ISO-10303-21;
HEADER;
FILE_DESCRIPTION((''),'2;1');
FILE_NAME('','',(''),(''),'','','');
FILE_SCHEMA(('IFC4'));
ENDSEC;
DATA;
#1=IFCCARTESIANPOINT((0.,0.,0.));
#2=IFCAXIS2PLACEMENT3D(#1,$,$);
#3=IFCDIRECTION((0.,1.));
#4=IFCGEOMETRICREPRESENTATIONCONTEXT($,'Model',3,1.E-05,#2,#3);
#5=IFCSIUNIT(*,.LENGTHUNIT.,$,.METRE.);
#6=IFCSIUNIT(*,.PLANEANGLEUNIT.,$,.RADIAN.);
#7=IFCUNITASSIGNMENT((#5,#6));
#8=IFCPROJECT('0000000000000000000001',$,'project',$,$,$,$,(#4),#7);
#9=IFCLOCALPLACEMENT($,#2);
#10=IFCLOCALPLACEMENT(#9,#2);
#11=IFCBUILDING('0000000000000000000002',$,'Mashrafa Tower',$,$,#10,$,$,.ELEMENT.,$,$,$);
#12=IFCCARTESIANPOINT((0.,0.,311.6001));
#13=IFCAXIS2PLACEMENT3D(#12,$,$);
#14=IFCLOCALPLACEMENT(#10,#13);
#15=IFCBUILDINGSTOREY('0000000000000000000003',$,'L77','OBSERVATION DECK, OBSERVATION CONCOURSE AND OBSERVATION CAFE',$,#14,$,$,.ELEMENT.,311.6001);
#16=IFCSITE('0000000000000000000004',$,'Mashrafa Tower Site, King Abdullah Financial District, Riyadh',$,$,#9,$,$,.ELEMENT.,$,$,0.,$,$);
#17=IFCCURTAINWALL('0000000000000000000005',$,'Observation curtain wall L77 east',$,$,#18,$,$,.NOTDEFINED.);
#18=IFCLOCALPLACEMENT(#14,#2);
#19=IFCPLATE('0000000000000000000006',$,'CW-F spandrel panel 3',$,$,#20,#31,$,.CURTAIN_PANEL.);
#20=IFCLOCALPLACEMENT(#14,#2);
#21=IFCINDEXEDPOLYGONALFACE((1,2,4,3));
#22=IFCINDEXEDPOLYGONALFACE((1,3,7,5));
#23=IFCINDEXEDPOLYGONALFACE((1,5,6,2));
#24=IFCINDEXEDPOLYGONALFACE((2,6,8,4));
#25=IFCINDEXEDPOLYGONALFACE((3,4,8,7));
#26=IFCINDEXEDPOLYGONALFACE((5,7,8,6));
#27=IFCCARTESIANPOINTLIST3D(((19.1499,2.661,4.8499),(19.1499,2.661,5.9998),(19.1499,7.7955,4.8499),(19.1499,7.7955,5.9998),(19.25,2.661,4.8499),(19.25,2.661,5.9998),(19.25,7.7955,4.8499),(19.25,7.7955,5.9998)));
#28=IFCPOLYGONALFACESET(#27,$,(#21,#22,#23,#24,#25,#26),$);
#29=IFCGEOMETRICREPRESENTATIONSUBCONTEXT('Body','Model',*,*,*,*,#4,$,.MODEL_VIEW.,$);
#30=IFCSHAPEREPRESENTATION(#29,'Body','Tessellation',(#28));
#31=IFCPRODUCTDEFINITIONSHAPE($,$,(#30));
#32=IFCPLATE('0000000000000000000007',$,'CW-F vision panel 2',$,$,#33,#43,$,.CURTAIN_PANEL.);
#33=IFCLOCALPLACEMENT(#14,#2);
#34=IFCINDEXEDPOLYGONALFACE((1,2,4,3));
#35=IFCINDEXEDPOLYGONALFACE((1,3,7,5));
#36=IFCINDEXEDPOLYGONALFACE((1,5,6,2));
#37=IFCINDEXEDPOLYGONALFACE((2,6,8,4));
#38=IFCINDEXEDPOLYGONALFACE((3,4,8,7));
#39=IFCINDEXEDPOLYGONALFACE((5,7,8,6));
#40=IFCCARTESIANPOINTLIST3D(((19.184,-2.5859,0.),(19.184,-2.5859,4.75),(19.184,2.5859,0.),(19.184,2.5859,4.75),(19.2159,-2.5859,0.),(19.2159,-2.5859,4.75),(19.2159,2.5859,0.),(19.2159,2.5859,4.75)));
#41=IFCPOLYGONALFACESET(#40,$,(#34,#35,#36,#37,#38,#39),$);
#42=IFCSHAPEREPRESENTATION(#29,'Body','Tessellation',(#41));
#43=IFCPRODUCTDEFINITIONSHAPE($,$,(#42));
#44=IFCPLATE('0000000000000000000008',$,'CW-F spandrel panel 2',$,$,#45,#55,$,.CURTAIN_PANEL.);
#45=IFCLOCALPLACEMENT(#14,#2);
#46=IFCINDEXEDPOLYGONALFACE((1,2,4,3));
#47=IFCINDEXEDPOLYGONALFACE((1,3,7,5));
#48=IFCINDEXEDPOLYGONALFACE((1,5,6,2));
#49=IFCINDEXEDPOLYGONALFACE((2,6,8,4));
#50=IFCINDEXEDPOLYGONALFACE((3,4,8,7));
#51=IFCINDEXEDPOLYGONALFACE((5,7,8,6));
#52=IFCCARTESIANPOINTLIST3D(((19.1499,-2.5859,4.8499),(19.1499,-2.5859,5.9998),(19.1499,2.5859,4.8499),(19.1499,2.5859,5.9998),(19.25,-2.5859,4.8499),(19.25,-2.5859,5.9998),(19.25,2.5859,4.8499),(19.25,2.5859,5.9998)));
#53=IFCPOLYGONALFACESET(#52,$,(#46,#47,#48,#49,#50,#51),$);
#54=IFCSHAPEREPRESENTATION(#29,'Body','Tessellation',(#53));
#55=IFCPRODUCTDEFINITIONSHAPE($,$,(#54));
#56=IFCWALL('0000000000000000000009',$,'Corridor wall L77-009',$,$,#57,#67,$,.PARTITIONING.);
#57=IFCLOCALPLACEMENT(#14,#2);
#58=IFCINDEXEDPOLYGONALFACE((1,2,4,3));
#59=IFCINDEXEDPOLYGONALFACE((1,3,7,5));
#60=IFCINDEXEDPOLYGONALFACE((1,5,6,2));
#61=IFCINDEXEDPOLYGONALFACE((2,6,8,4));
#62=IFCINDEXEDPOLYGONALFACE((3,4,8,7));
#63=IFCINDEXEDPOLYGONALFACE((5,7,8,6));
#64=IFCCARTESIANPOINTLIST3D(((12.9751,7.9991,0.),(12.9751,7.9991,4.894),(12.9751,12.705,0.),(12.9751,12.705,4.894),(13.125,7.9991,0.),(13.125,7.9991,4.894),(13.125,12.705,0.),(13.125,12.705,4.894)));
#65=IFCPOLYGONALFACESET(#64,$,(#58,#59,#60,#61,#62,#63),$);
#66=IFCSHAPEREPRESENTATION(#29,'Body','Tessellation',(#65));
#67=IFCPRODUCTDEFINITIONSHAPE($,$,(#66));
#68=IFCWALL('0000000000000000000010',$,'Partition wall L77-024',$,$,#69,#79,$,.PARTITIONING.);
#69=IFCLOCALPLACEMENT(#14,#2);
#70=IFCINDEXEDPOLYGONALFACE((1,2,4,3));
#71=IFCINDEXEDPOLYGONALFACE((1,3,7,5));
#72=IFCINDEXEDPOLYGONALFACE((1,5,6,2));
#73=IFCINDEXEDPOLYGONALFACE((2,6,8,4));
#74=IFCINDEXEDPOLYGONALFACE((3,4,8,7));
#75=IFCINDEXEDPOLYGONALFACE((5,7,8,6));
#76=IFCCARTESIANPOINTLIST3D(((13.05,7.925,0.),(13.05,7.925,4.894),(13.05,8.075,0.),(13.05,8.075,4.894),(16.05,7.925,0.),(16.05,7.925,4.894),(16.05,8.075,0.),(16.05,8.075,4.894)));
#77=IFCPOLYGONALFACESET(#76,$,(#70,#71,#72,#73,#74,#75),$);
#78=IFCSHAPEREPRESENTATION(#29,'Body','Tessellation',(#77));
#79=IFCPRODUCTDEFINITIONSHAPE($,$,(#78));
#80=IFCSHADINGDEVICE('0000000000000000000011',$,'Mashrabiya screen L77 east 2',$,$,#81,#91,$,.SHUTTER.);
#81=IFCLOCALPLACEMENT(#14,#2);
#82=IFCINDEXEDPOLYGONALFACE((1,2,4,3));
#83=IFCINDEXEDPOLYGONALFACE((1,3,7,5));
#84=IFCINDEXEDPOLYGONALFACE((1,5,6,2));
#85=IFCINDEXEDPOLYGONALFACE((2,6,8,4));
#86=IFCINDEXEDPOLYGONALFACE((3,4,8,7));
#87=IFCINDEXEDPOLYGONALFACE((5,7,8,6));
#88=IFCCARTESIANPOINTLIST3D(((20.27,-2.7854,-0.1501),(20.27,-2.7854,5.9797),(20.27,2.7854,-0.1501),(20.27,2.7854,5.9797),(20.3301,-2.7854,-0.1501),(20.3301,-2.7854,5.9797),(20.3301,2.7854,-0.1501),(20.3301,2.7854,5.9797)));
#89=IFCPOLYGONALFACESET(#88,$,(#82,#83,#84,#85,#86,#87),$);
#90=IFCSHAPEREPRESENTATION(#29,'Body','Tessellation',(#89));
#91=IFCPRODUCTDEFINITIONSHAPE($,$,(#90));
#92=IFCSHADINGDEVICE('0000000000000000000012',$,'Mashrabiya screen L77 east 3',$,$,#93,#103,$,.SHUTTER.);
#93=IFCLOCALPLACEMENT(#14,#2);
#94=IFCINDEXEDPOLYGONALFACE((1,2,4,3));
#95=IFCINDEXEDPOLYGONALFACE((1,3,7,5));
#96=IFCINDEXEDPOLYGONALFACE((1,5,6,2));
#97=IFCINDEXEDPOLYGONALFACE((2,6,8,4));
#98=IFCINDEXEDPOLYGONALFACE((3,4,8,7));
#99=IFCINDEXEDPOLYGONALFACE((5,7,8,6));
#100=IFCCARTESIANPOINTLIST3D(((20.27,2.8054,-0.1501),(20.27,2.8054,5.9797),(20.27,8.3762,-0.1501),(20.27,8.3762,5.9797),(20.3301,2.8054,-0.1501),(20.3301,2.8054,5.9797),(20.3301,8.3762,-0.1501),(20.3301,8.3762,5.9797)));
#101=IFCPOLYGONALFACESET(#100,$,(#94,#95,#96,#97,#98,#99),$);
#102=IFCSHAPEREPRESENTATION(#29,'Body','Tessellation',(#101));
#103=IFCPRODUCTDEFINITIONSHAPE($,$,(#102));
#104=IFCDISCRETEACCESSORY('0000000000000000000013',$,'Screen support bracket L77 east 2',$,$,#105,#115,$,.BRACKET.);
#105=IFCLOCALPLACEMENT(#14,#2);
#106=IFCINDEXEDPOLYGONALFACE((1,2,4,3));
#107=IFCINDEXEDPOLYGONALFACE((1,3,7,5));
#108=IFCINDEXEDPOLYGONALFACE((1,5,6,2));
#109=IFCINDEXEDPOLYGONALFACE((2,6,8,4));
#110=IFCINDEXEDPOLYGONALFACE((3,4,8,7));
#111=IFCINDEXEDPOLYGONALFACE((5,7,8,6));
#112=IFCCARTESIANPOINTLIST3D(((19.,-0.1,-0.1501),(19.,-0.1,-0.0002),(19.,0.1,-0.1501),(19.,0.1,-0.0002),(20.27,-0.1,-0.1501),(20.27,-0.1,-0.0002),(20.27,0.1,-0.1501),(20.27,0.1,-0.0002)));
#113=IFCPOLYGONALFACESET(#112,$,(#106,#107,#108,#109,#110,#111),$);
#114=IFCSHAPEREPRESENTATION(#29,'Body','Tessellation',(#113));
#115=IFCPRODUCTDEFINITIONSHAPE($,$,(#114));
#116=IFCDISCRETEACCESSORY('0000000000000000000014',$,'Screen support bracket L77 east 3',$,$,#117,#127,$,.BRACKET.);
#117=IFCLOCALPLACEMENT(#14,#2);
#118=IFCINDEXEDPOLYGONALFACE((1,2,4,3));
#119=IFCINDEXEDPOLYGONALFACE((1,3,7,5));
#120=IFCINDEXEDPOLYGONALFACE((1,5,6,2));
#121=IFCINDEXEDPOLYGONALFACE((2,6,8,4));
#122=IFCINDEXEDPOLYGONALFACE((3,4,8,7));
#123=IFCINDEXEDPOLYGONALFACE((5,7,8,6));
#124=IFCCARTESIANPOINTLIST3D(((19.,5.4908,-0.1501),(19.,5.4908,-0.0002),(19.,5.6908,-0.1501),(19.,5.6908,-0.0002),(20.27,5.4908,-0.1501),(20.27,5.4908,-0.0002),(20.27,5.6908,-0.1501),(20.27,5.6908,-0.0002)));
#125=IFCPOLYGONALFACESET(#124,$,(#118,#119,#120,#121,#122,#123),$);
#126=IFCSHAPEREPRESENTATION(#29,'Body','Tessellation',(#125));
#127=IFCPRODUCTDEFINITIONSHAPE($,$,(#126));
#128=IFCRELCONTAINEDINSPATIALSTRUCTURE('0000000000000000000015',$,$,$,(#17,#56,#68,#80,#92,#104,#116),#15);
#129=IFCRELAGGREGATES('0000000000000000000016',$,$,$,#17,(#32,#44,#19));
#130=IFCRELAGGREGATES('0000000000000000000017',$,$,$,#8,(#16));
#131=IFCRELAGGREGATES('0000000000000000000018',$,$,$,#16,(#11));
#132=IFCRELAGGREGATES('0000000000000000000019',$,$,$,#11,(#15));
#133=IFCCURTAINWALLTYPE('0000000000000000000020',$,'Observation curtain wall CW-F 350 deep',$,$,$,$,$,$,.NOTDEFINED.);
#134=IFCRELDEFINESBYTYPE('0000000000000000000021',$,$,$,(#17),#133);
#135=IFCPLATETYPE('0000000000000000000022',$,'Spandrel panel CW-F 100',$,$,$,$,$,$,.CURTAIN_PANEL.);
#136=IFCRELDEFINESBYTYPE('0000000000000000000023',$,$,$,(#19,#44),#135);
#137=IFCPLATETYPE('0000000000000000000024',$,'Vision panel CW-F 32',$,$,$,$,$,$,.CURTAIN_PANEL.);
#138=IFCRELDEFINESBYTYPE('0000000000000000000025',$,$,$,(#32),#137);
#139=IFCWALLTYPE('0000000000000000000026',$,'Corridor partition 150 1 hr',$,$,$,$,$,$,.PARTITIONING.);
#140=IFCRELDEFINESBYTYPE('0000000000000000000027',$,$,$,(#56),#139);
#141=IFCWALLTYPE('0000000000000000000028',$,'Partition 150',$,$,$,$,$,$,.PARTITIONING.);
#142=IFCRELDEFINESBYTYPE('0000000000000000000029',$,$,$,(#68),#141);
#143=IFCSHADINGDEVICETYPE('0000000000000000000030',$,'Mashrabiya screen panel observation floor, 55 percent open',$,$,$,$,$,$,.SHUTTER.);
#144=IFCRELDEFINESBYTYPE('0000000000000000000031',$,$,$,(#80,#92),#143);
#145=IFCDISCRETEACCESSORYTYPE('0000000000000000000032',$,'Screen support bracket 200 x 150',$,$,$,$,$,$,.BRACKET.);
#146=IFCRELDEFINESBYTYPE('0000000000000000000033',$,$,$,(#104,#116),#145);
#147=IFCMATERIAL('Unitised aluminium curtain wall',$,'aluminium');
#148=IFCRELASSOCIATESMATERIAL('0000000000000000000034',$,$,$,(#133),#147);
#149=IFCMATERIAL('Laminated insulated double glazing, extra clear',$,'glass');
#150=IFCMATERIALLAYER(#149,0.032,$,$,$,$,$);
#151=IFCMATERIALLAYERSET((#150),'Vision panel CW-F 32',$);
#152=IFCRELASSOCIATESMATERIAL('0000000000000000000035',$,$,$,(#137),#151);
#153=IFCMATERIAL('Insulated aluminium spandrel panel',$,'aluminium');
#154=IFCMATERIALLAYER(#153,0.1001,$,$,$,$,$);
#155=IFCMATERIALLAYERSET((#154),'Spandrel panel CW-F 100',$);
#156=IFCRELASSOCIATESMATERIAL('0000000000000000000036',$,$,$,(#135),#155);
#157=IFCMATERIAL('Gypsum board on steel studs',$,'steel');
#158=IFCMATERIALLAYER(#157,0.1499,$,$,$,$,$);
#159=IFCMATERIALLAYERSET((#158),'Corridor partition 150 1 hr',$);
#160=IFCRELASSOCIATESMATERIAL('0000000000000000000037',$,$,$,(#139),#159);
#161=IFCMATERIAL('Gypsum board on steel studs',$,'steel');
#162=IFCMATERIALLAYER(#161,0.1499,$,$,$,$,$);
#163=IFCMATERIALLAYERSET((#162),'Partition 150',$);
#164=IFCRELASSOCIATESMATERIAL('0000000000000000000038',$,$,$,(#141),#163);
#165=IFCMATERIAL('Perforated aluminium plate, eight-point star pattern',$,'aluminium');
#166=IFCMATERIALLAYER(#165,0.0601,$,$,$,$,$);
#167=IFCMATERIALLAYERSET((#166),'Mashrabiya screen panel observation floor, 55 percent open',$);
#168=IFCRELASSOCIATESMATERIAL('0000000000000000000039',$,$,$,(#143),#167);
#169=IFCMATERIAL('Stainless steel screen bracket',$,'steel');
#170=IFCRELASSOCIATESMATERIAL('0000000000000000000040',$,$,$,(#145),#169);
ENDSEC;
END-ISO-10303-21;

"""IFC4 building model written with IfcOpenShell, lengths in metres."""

from ifc_helpers import new_model, si_unit, direction, frame, frame_2d, origin, origin_2d, place, context, subcontext, project, spatial, rectangle, extrude, source, transform, mapped, material, layer, layer_set, type_object, type_shapes, element, aggregate, save


model = new_model("IFC4")

# Units and contexts
model_context = context("Model", 3, precision=1e-05, world=origin(), true_north=direction((0.0, 1.0)))
body_context = subcontext(model_context, "Body", "Model", "MODEL_VIEW")
ifc_project = project(units=[si_unit("LENGTHUNIT", "METRE"), si_unit("PLANEANGLEUNIT", "RADIAN")], contexts=[model_context])

# Site, building, storey
site_placement = place(None, origin())
site = spatial("IfcSite", under=ifc_project, at=site_placement, Name="Mashrafa Tower Site, King Abdullah Financial District, Riyadh", CompositionType="ELEMENT", RefElevation=0.0)
building_placement = place(site_placement, origin())
building = spatial("IfcBuilding", under=site, at=building_placement, Name="Mashrafa Tower", CompositionType="ELEMENT")
storey_placement = place(building_placement, frame((0.0, 0.0, 311.6001)))
storey = spatial("IfcBuildingStorey", under=building, at=storey_placement, Name="L77", Description="OBSERVATION DECK, OBSERVATION CONCOURSE AND OBSERVATION CAFE", CompositionType="ELEMENT", Elevation=311.6001)

# Curtain wall
ifc_material_1 = material(Name="Unitised aluminium curtain wall", Category="aluminium")
curtain_wall_type = type_object("IfcCurtainWallType", Name="Observation curtain wall CW-F 350 deep", PredefinedType="NOTDEFINED", material=ifc_material_1)
curtain_wall_1_placement = place(storey_placement, origin())
curtain_wall_1 = element("IfcCurtainWall", 1, at=curtain_wall_1_placement, inside=storey, type_object=curtain_wall_type, Name="Observation curtain wall L77 east", PredefinedType="NOTDEFINED")

# Plates
ifc_material_2 = material(Name="Laminated insulated double glazing, extra clear", Category="glass")
ifc_layer_1 = layer(ifc_material_2, 0.032)
ifc_layer_set_1 = layer_set([ifc_layer_1], Name="Vision panel CW-F 32")
plate_type_1 = type_object("IfcPlateType", Name="Vision panel CW-F 32", PredefinedType="CURTAIN_PANEL", material=ifc_layer_set_1)
ifc_material_3 = material(Name="Insulated aluminium spandrel panel", Category="aluminium")
ifc_layer_2 = layer(ifc_material_3, 0.1001)
ifc_layer_set_2 = layer_set([ifc_layer_2], Name="Spandrel panel CW-F 100")
plate_type_2 = type_object("IfcPlateType", Name="Spandrel panel CW-F 100", PredefinedType="CURTAIN_PANEL", material=ifc_layer_set_2)
shared_shape_1 = source(origin(), body_context, "Body", "SweptSolid", [
    extrude(rectangle(XDim=5.1345, YDim=0.1001, at=origin_2d()), origin(), (0.0, 0.0, 1.0), 1.1499),
])
plate_1_placement = place(storey_placement, frame((19.2, 5.2283, 4.8499), z_axis=(0.0, 0.0, 1.0), x_axis=(0.0, 1.0, 0.0)))
plate_1 = element("IfcPlate", 2, at=plate_1_placement, type_object=plate_type_2, Name="CW-F spandrel panel 3", PredefinedType="CURTAIN_PANEL", context=body_context, shape_type="MappedRepresentation", body=[
    mapped(shared_shape_1, transform((0.0, 0.0, 0.0))),
])
shared_shape_2 = source(origin(), body_context, "Body", "SweptSolid", [
    extrude(rectangle(XDim=5.1719, YDim=0.032, at=origin_2d()), origin(), (0.0, 0.0, 1.0), 4.75),
])
plate_2_placement = place(storey_placement, frame((19.2, 0.0, 0.0), z_axis=(0.0, 0.0, 1.0), x_axis=(0.0, 1.0, 0.0)))
plate_2 = element("IfcPlate", 3, at=plate_2_placement, type_object=plate_type_1, Name="CW-F vision panel 2", PredefinedType="CURTAIN_PANEL", context=body_context, shape_type="MappedRepresentation", body=[
    mapped(shared_shape_2, transform((0.0, 0.0, 0.0))),
])
shared_shape_3 = source(origin(), body_context, "Body", "SweptSolid", [
    extrude(rectangle(XDim=5.1719, YDim=0.1001, at=origin_2d()), origin(), (0.0, 0.0, 1.0), 1.1499),
])
type_shapes(plate_type_2, [shared_shape_1, shared_shape_3])
plate_3_placement = place(storey_placement, frame((19.2, 0.0, 4.8499), z_axis=(0.0, 0.0, 1.0), x_axis=(0.0, 1.0, 0.0)))
plate_3 = element("IfcPlate", 4, at=plate_3_placement, type_object=plate_type_2, Name="CW-F spandrel panel 2", PredefinedType="CURTAIN_PANEL", context=body_context, shape_type="MappedRepresentation", body=[
    mapped(shared_shape_3, transform((0.0, 0.0, 0.0))),
])
aggregate(curtain_wall_1, [plate_2, plate_3, plate_1])

# Walls
ifc_material_4 = material(Name="Gypsum board on steel studs", Category="steel")
ifc_layer_3 = layer(ifc_material_4, 0.1499)
ifc_layer_set_3 = layer_set([ifc_layer_3], Name="Corridor partition 150 1 hr")
wall_type_1 = type_object("IfcWallType", Name="Corridor partition 150 1 hr", PredefinedType="PARTITIONING", material=ifc_layer_set_3)
wall_1_placement = place(storey_placement, frame((13.05, 7.999, 0.0), z_axis=(0.0, 0.0, 1.0), x_axis=(0.0, 1.0, 0.0)))
element("IfcWall", 5, at=wall_1_placement, inside=storey, type_object=wall_type_1, Name="Corridor wall L77-009", PredefinedType="PARTITIONING", context=body_context, shape_type="SweptSolid", body=[
    extrude(rectangle(XDim=4.7058, YDim=0.1499, at=frame_2d((2.353, 0.0))), origin(), (0.0, 0.0, 1.0), 4.894),
])
ifc_material_5 = material(Name="Gypsum board on steel studs", Category="steel")
ifc_layer_4 = layer(ifc_material_5, 0.1499)
ifc_layer_set_4 = layer_set([ifc_layer_4], Name="Partition 150")
wall_type_2 = type_object("IfcWallType", Name="Partition 150", PredefinedType="PARTITIONING", material=ifc_layer_set_4)
wall_2_placement = place(storey_placement, frame((16.05, 8.0, 0.0), z_axis=(0.0, 0.0, 1.0), x_axis=(-1.0, 0.0, 0.0)))
element("IfcWall", 6, at=wall_2_placement, inside=storey, type_object=wall_type_2, Name="Partition wall L77-024", PredefinedType="PARTITIONING", context=body_context, shape_type="SweptSolid", body=[
    extrude(rectangle(XDim=3.0, YDim=0.1499, at=frame_2d((1.5, 0.0))), origin(), (0.0, 0.0, 1.0), 4.894),
])

# Shading devices
ifc_material_6 = material(Name="Perforated aluminium plate, eight-point star pattern", Category="aluminium")
ifc_layer_5 = layer(ifc_material_6, 0.0601)
ifc_layer_set_5 = layer_set([ifc_layer_5], Name="Mashrabiya screen panel observation floor, 55 percent open")
shading_device_type = type_object("IfcShadingDeviceType", Name="Mashrabiya screen panel observation floor, 55 percent open", PredefinedType="SHUTTER", material=ifc_layer_set_5)
shared_shape_4 = source(origin(), body_context, "Body", "SweptSolid", [
    extrude(rectangle(XDim=5.5708, YDim=0.0601, at=origin_2d()), origin(), (0.0, 0.0, 1.0), 6.1299),
])
type_shapes(shading_device_type, [shared_shape_4])
for number, where, z_axis, x_axis, name in (
    (7, (20.3, 0.0, -0.1501), (0.0, 0.0, 1.0), (0.0, 1.0, 0.0), "Mashrabiya screen L77 east 2"),
    (8, (20.3, 5.5908, -0.1501), (0.0, 0.0, 1.0), (0.0, 1.0, 0.0), "Mashrabiya screen L77 east 3"),
):
    element("IfcShadingDevice", number, at=place(storey_placement, frame(where, z_axis=z_axis, x_axis=x_axis)), inside=storey, type_object=shading_device_type, Name=name, PredefinedType="SHUTTER", context=body_context, shape_type="MappedRepresentation", body=[
        mapped(shared_shape_4, transform((0.0, 0.0, 0.0))),
    ])

# Discrete accessories
ifc_material_7 = material(Name="Stainless steel screen bracket", Category="steel")
discrete_accessory_type = type_object("IfcDiscreteAccessoryType", Name="Screen support bracket 200 x 150", PredefinedType="BRACKET", material=ifc_material_7)
shared_shape_5 = source(origin(), body_context, "Body", "SweptSolid", [
    extrude(rectangle(XDim=0.2, YDim=1.27, at=origin_2d()), origin(), (0.0, 0.0, 1.0), 0.1499),
])
type_shapes(discrete_accessory_type, [shared_shape_5])
for number, where, z_axis, x_axis, name in (
    (9, (19.635, 0.0, -0.1501), (0.0, 0.0, 1.0), (0.0, 1.0, 0.0), "Screen support bracket L77 east 2"),
    (10, (19.635, 5.5908, -0.1501), (0.0, 0.0, 1.0), (0.0, 1.0, 0.0), "Screen support bracket L77 east 3"),
):
    element("IfcDiscreteAccessory", number, at=place(storey_placement, frame(where, z_axis=z_axis, x_axis=x_axis)), inside=storey, type_object=discrete_accessory_type, Name=name, PredefinedType="BRACKET", context=body_context, shape_type="MappedRepresentation", body=[
        mapped(shared_shape_5, transform((0.0, 0.0, 0.0))),
    ])

save(model, "model.ifc")
